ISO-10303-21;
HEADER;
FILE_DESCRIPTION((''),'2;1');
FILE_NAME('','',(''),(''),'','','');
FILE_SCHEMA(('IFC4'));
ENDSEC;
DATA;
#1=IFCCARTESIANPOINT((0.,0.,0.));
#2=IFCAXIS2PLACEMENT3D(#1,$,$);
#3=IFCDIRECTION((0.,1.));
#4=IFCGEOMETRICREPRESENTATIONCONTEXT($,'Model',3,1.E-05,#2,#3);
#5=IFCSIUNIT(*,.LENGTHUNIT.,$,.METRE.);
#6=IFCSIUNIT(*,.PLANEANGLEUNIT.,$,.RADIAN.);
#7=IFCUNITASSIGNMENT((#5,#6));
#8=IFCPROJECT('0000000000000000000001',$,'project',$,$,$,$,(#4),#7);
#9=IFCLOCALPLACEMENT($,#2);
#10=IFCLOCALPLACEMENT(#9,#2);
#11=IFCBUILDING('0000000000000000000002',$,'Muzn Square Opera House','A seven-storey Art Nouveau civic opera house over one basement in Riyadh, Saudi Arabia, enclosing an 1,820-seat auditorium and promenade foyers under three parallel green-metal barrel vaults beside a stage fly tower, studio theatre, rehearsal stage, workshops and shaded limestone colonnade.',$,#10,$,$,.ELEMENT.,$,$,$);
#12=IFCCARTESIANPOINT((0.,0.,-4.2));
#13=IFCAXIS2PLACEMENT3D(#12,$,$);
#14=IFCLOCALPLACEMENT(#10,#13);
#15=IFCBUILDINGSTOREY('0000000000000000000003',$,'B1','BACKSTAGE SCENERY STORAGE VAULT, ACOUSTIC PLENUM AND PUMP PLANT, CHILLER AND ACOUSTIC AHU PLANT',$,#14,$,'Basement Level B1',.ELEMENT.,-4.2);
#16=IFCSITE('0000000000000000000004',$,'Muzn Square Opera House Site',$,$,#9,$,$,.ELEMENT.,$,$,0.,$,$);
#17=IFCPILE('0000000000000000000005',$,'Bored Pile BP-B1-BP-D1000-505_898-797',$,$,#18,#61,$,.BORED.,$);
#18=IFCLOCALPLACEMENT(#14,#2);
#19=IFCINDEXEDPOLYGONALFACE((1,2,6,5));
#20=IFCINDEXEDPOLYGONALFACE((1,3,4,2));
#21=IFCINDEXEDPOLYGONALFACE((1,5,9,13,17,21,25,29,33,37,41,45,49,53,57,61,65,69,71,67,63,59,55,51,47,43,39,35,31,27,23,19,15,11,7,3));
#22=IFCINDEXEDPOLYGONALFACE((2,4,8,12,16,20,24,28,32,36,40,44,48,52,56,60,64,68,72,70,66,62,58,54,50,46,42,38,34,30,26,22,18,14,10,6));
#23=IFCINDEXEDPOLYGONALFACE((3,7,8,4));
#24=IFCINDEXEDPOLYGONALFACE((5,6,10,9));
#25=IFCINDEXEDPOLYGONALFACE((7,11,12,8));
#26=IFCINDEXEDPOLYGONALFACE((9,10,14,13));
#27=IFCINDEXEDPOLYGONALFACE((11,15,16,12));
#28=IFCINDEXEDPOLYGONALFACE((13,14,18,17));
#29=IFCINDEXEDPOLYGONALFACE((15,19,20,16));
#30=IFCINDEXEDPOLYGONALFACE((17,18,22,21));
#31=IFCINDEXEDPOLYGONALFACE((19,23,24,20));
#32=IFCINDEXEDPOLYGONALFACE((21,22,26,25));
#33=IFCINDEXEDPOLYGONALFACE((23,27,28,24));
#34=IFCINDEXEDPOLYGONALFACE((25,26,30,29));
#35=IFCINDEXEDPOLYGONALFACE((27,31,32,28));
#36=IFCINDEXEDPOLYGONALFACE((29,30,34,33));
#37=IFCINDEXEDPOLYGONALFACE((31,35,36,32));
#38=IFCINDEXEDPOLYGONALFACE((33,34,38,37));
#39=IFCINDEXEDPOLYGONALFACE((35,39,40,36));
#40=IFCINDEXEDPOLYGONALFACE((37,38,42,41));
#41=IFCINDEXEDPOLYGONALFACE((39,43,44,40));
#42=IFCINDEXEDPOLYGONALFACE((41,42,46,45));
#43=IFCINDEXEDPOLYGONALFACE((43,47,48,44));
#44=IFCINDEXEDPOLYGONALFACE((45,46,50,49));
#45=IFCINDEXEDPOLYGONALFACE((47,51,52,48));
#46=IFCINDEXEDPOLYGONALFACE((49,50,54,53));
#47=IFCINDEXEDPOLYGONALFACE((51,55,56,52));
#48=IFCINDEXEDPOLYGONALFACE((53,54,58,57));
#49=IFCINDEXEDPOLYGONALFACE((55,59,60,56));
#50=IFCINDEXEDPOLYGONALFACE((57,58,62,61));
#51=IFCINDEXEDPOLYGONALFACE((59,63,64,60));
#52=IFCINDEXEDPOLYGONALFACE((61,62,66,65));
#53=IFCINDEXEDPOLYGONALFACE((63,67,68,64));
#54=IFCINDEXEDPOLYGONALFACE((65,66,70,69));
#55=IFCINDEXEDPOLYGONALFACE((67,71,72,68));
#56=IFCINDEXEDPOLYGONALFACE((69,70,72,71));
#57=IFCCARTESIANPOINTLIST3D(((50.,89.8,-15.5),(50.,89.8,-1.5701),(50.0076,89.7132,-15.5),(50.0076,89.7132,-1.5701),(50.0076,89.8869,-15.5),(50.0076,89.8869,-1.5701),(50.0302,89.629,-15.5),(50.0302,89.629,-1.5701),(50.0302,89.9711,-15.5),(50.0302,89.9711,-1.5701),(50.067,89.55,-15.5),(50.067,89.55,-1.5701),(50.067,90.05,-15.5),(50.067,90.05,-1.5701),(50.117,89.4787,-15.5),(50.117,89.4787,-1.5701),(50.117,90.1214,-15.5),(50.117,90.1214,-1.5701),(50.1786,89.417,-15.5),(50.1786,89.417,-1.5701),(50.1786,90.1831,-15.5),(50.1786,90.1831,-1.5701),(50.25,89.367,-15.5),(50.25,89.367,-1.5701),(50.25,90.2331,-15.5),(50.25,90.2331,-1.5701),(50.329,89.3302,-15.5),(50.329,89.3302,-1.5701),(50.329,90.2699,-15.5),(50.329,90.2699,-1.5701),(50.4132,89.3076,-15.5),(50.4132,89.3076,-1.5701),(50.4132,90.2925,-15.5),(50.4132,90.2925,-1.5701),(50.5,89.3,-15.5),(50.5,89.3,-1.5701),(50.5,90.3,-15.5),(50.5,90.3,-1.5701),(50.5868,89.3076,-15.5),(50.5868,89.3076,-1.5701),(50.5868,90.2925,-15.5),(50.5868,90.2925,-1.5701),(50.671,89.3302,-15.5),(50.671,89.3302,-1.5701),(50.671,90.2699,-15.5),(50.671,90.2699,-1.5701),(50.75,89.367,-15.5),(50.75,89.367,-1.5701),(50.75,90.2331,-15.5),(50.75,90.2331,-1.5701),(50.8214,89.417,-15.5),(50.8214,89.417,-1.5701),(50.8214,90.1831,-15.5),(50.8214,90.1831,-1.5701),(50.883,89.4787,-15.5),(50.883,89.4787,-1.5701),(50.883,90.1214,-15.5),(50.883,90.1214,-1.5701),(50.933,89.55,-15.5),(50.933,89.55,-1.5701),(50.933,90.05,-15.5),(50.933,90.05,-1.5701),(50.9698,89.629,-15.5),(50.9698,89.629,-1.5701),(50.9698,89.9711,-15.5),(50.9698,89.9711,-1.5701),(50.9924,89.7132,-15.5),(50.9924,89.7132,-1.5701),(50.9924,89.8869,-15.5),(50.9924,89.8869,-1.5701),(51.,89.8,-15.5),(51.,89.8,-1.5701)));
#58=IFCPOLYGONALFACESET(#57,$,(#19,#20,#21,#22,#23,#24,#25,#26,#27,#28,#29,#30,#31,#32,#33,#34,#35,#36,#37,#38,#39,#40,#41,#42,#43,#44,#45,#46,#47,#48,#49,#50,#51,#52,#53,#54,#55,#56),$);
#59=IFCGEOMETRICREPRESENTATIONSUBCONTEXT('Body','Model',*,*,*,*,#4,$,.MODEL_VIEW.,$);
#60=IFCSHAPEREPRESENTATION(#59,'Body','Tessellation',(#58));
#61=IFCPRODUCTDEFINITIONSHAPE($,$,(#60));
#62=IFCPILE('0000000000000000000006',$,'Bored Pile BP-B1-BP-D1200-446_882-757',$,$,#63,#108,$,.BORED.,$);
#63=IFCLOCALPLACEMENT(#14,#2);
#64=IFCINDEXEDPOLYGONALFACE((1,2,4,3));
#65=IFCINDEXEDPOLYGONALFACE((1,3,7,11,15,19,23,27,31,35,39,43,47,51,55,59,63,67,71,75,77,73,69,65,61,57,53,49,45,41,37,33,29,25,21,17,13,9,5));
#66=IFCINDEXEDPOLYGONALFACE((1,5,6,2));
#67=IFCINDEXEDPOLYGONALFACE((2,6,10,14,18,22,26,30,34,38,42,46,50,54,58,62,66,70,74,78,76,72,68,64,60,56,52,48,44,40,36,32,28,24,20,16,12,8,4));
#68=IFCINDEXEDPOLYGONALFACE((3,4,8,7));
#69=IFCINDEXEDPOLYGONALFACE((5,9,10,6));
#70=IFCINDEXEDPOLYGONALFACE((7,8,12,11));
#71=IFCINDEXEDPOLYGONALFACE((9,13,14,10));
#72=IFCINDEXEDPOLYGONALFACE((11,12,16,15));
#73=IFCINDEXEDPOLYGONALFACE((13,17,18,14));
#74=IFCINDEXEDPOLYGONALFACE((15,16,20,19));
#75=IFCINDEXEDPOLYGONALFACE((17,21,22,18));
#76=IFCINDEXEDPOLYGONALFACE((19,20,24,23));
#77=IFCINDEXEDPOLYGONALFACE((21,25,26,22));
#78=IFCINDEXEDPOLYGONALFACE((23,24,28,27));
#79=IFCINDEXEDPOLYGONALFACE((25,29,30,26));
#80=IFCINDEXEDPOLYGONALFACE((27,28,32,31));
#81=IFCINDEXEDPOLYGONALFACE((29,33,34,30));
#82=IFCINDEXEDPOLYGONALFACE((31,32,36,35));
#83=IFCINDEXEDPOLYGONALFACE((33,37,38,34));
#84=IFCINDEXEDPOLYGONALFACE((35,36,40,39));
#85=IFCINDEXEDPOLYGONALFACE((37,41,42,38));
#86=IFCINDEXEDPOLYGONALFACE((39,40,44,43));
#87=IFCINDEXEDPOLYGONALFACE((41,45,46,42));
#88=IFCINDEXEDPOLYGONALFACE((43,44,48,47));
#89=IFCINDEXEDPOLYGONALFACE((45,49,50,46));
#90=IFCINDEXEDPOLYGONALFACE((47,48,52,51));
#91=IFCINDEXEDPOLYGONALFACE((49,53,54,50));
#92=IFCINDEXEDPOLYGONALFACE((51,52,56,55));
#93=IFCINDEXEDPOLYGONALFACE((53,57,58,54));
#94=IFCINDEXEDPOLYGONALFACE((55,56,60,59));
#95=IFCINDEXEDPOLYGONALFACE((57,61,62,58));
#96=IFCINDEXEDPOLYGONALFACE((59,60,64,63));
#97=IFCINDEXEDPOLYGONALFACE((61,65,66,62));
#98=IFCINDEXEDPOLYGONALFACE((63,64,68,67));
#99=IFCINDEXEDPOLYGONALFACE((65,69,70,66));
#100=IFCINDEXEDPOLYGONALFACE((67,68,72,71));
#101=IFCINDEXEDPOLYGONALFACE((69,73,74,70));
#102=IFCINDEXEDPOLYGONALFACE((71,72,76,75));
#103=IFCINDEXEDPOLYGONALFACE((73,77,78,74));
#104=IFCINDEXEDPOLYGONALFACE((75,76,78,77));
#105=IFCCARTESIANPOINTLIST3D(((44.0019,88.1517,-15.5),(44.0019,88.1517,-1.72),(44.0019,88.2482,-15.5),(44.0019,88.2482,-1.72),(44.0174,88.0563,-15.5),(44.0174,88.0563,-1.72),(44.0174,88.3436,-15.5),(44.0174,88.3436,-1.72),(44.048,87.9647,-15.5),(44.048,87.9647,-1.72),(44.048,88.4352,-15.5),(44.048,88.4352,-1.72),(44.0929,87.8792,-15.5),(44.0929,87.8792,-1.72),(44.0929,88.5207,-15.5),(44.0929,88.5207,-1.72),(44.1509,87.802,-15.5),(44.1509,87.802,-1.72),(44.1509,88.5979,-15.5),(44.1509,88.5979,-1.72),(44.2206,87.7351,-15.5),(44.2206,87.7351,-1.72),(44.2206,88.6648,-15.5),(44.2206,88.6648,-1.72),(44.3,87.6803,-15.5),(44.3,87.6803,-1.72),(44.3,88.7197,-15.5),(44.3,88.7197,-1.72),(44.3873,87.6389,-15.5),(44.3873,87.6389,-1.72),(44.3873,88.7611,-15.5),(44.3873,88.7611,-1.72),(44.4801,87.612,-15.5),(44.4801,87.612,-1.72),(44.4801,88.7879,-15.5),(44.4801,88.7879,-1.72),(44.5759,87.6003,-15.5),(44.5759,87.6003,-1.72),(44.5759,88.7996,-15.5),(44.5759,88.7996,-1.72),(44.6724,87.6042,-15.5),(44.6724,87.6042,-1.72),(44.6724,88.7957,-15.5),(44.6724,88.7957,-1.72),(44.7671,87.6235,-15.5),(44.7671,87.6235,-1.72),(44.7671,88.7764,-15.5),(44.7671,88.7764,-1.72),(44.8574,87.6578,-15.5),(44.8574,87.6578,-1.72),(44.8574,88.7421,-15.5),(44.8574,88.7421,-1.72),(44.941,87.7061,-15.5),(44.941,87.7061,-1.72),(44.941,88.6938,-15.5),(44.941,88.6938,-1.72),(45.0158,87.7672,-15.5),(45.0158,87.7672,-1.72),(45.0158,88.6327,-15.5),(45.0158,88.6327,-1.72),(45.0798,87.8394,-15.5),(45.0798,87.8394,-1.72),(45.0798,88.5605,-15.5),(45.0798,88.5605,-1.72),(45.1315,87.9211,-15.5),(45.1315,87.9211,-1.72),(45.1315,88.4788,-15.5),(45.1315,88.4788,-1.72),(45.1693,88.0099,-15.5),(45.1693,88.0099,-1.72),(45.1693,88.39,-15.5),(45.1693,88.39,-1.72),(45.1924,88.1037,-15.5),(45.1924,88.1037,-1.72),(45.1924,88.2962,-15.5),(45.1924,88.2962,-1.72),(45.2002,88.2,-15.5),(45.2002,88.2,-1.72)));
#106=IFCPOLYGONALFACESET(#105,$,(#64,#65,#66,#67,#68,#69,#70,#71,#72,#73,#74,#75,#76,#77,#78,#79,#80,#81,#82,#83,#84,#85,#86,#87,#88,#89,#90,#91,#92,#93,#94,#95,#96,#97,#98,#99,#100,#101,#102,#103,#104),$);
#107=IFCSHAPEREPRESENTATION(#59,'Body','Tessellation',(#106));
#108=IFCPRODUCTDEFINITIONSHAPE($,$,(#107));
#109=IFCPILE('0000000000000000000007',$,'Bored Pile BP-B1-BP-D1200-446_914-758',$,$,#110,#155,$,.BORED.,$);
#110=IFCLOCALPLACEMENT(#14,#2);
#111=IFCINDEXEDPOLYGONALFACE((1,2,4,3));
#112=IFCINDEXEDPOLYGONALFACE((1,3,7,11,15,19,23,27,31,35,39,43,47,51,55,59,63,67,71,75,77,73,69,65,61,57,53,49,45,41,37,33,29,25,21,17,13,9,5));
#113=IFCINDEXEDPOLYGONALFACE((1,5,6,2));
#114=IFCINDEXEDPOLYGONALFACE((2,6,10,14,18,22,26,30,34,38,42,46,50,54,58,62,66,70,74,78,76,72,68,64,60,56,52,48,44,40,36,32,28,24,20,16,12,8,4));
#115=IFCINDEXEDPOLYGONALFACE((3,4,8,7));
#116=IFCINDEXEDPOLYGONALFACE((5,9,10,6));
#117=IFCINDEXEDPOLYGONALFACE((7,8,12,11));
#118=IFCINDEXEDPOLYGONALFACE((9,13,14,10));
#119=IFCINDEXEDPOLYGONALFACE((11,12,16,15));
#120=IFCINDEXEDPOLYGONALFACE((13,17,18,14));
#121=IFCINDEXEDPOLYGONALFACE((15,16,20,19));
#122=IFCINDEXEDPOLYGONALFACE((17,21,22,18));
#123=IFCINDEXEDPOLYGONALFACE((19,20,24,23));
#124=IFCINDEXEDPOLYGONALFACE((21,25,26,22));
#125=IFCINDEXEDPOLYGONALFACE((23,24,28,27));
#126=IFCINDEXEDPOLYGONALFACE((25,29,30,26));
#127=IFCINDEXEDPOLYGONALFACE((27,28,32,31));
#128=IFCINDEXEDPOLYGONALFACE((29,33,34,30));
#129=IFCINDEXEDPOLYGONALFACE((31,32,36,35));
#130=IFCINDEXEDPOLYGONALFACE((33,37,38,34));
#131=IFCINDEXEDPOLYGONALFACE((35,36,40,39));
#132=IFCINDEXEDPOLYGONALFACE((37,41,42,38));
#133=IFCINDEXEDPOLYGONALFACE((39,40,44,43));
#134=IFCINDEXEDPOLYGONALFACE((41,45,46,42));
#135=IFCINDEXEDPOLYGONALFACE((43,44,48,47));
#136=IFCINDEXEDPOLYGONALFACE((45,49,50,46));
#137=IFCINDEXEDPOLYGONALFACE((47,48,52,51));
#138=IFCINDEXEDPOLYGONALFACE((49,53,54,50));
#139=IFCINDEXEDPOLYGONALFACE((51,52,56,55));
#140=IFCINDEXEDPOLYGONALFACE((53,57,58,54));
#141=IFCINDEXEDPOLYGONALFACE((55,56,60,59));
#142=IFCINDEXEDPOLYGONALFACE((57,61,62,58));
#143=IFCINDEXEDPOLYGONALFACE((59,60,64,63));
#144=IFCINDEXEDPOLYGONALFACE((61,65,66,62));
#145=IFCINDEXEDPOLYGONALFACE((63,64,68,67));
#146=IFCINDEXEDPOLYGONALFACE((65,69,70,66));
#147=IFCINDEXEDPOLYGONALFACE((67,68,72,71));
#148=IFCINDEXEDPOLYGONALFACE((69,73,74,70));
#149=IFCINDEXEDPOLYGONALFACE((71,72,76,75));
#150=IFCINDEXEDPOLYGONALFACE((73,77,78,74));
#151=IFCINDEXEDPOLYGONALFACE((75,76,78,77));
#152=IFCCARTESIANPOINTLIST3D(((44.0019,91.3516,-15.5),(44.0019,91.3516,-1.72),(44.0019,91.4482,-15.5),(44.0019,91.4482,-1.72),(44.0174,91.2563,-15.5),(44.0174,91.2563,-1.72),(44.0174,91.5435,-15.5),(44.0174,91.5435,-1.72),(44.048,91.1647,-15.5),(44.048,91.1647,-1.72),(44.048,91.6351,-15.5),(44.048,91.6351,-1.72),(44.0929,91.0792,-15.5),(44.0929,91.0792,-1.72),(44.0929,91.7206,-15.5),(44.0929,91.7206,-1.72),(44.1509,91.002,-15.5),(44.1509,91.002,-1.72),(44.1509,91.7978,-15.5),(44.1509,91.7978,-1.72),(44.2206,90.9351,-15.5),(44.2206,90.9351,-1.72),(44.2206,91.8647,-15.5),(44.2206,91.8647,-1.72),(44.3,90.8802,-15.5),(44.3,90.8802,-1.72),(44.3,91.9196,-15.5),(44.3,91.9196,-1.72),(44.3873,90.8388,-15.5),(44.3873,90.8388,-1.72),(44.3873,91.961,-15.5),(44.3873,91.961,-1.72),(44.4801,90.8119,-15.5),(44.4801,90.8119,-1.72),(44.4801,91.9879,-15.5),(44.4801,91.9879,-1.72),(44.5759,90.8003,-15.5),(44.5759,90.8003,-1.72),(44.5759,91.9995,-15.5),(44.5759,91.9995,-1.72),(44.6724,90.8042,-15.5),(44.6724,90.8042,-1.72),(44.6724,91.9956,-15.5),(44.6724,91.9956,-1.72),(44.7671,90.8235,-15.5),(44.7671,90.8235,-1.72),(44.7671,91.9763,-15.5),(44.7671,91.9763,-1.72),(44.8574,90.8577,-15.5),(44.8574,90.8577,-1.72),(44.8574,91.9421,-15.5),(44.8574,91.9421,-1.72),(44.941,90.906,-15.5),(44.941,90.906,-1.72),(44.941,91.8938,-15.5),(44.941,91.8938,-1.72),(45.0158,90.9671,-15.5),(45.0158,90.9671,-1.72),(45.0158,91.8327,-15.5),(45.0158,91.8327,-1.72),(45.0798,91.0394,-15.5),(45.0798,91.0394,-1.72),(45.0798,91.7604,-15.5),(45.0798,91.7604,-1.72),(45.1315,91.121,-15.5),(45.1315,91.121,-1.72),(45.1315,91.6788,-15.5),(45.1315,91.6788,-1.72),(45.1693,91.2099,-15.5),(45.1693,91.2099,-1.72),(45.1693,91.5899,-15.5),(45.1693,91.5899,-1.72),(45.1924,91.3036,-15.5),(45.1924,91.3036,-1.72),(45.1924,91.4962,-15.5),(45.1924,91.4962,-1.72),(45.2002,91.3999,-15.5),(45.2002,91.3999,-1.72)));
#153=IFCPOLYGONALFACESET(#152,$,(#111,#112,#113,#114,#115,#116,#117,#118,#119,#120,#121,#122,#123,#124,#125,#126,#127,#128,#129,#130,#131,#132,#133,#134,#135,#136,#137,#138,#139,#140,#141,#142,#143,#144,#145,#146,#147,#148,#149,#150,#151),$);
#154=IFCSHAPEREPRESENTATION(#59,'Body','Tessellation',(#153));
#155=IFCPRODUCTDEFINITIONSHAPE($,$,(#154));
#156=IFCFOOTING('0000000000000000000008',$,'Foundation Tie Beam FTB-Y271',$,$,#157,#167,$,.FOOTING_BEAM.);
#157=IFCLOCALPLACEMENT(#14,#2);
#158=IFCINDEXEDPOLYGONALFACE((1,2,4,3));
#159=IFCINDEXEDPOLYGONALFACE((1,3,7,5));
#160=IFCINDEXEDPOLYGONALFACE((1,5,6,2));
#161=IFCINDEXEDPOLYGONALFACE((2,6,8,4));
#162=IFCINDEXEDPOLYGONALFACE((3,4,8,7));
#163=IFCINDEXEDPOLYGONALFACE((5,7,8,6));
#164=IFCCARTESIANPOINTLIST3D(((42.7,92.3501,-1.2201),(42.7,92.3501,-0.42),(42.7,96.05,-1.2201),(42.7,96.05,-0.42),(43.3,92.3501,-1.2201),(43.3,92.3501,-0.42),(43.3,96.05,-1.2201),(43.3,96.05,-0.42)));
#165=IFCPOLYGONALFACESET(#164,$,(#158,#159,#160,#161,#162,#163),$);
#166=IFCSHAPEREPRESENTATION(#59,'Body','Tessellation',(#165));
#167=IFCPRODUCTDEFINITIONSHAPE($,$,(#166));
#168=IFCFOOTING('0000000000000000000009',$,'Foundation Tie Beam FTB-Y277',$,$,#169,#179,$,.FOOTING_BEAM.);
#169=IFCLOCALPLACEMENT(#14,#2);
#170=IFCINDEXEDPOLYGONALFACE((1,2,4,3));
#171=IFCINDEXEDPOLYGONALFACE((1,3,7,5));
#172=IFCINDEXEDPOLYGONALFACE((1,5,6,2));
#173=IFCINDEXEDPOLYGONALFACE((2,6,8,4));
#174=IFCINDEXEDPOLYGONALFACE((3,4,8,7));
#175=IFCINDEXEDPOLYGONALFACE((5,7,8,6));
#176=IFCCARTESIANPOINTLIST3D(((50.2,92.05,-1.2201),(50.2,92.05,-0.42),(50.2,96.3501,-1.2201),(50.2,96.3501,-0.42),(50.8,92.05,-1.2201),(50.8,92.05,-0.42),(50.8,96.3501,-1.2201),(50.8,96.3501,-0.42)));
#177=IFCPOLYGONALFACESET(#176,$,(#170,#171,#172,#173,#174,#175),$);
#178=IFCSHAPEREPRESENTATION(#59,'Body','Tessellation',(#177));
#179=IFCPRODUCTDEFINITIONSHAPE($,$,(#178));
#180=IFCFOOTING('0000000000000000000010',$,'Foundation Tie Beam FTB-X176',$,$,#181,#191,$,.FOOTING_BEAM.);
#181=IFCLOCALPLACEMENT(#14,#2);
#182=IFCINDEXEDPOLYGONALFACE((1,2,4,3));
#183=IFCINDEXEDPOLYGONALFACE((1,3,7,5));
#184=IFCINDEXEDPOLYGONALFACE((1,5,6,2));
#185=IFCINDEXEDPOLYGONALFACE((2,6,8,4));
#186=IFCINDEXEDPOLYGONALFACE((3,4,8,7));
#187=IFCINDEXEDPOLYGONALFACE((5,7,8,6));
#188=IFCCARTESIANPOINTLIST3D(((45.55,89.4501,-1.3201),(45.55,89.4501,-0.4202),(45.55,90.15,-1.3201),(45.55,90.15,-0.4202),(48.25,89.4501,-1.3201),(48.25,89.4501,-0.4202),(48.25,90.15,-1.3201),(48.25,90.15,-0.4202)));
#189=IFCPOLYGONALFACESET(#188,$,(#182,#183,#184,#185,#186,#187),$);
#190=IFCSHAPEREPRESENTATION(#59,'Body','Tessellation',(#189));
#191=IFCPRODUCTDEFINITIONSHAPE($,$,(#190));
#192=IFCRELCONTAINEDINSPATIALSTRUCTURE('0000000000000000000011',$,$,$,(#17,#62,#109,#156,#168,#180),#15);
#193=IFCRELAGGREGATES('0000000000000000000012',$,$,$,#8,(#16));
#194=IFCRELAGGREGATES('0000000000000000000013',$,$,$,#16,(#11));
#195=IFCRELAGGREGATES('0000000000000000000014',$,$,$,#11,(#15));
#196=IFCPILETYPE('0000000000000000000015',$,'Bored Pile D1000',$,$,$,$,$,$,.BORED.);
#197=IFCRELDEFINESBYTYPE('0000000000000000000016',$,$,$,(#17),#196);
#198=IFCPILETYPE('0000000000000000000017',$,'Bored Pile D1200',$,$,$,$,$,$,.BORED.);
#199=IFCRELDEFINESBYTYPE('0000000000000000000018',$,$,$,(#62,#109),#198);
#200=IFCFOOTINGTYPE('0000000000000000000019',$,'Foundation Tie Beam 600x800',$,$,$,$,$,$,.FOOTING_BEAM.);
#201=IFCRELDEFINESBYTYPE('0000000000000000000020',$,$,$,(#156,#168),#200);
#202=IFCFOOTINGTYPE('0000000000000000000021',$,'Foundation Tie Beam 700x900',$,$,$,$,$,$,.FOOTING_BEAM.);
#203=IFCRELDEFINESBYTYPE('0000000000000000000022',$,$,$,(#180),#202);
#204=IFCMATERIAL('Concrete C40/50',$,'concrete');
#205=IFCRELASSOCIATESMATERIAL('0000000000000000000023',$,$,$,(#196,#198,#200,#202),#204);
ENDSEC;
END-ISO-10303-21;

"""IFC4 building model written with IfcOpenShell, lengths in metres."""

from ifc_helpers import new_model, si_unit, direction, frame, origin, origin_2d, place, context, subcontext, project, spatial, rectangle, circle, extrude, material, material_profile, profile_set, type_object, element, save


model = new_model("IFC4")

# Units and contexts
model_context = context("Model", 3, precision=1e-05, world=origin(), true_north=direction((0.0, 1.0)))
body_context = subcontext(model_context, "Body", "Model", "MODEL_VIEW")
ifc_project = project(units=[si_unit("LENGTHUNIT", "METRE"), si_unit("PLANEANGLEUNIT", "RADIAN")], contexts=[model_context])

# Site, building, storey
site_placement = place(None, origin())
site = spatial("IfcSite", under=ifc_project, at=site_placement, Name="Muzn Square Opera House Site", CompositionType="ELEMENT", RefElevation=0.0)
building_placement = place(site_placement, origin())
building = spatial("IfcBuilding", under=site, at=building_placement, Name="Muzn Square Opera House", Description="A seven-storey Art Nouveau civic opera house over one basement in Riyadh, Saudi Arabia, enclosing an 1,820-seat auditorium and promenade foyers under three parallel green-metal barrel vaults beside a stage fly tower, studio theatre, rehearsal stage, workshops and shaded limestone colonnade.", CompositionType="ELEMENT")
storey_placement = place(building_placement, frame((0.0, 0.0, -4.2)))
storey = spatial("IfcBuildingStorey", under=building, at=storey_placement, Name="B1", Description="BACKSTAGE SCENERY STORAGE VAULT, ACOUSTIC PLENUM AND PUMP PLANT, CHILLER AND ACOUSTIC AHU PLANT", LongName="Basement Level B1", CompositionType="ELEMENT", Elevation=-4.2)

# Piles
ifc_material_1 = material(Name="Concrete C40/50", Category="concrete")
ifc_material_profile_1 = material_profile(ifc_material_1, circle(Radius=0.5, at=origin_2d()), Name="BORED PILE D1000", Category="concrete")
ifc_profile_set_1 = profile_set([ifc_material_profile_1], Name="Concrete C40/50")
pile_type_1 = type_object("IfcPileType", Name="Bored Pile D1000", PredefinedType="BORED", material=ifc_profile_set_1)
pile_placement = place(storey_placement, frame((50.5, 89.8, -1.5701), z_axis=(0.0, 0.0, -1.0), x_axis=(1.0, 0.0, 0.0)))
element("IfcPile", 1, at=pile_placement, inside=storey, type_object=pile_type_1, Name="Bored Pile BP-B1-BP-D1000-505_898-797", PredefinedType="BORED", context=body_context, shape_type="SweptSolid", body=[
    extrude(circle(Radius=0.5, at=origin_2d()), origin(), (0.0, 0.0, 1.0), 13.9299),
])
ifc_material_profile_2 = material_profile(ifc_material_1, circle(Radius=0.6001, at=origin_2d()), Name="BORED PILE D1200", Category="concrete")
ifc_profile_set_2 = profile_set([ifc_material_profile_2], Name="Concrete C40/50")
pile_type_2 = type_object("IfcPileType", Name="Bored Pile D1200", PredefinedType="BORED", material=ifc_profile_set_2)
for number, where, z_axis, x_axis, name in (
    (2, (44.6001, 88.2, -1.72), (0.0, 0.0, -1.0), (1.0, 0.0, 0.0), "Bored Pile BP-B1-BP-D1200-446_882-757"),
    (3, (44.6001, 91.3999, -1.72), (0.0, 0.0, -1.0), (1.0, 0.0, 0.0), "Bored Pile BP-B1-BP-D1200-446_914-758"),
):
    element("IfcPile", number, at=place(storey_placement, frame(where, z_axis=z_axis, x_axis=x_axis)), inside=storey, type_object=pile_type_2, Name=name, PredefinedType="BORED", context=body_context, shape_type="SweptSolid", body=[
        extrude(circle(Radius=0.6001, at=origin_2d()), origin(), (0.0, 0.0, 1.0), 13.78),
    ])

# Footings
ifc_material_profile_3 = material_profile(ifc_material_1, rectangle(XDim=0.6001, YDim=0.8, at=origin_2d()), Name="RCTB 600x800", Category="concrete")
ifc_profile_set_3 = profile_set([ifc_material_profile_3], Name="Concrete C40/50")
footing_type_1 = type_object("IfcFootingType", Name="Foundation Tie Beam 600x800", PredefinedType="FOOTING_BEAM", material=ifc_profile_set_3)
footing_1_placement = place(storey_placement, frame((43.0, 92.3501, -0.8201), z_axis=(0.0, 1.0, 0.0), x_axis=(-1.0, 0.0, 0.0)))
element("IfcFooting", 4, at=footing_1_placement, inside=storey, type_object=footing_type_1, Name="Foundation Tie Beam FTB-Y271", PredefinedType="FOOTING_BEAM", context=body_context, shape_type="SweptSolid", body=[
    extrude(rectangle(XDim=0.6001, YDim=0.8, at=origin_2d()), origin(), (0.0, 0.0, 1.0), 3.7),
])
footing_2_placement = place(storey_placement, frame((50.5, 92.05, -0.8201), z_axis=(0.0, 1.0, 0.0), x_axis=(-1.0, 0.0, 0.0)))
element("IfcFooting", 5, at=footing_2_placement, inside=storey, type_object=footing_type_1, Name="Foundation Tie Beam FTB-Y277", PredefinedType="FOOTING_BEAM", context=body_context, shape_type="SweptSolid", body=[
    extrude(rectangle(XDim=0.6001, YDim=0.8, at=origin_2d()), origin(), (0.0, 0.0, 1.0), 4.3),
])
ifc_material_profile_4 = material_profile(ifc_material_1, rectangle(XDim=0.7, YDim=0.8999, at=origin_2d()), Name="RCTB 700x900", Category="concrete")
ifc_profile_set_4 = profile_set([ifc_material_profile_4], Name="Concrete C40/50")
footing_type_2 = type_object("IfcFootingType", Name="Foundation Tie Beam 700x900", PredefinedType="FOOTING_BEAM", material=ifc_profile_set_4)
footing_3_placement = place(storey_placement, frame((45.55, 89.8, -0.8701), z_axis=(1.0, 0.0, 0.0), x_axis=(0.0, 1.0, 0.0)))
element("IfcFooting", 6, at=footing_3_placement, inside=storey, type_object=footing_type_2, Name="Foundation Tie Beam FTB-X176", PredefinedType="FOOTING_BEAM", context=body_context, shape_type="SweptSolid", body=[
    extrude(rectangle(XDim=0.7, YDim=0.8999, at=origin_2d()), origin(), (0.0, 0.0, 1.0), 2.7),
])

save(model, "model.ifc")
